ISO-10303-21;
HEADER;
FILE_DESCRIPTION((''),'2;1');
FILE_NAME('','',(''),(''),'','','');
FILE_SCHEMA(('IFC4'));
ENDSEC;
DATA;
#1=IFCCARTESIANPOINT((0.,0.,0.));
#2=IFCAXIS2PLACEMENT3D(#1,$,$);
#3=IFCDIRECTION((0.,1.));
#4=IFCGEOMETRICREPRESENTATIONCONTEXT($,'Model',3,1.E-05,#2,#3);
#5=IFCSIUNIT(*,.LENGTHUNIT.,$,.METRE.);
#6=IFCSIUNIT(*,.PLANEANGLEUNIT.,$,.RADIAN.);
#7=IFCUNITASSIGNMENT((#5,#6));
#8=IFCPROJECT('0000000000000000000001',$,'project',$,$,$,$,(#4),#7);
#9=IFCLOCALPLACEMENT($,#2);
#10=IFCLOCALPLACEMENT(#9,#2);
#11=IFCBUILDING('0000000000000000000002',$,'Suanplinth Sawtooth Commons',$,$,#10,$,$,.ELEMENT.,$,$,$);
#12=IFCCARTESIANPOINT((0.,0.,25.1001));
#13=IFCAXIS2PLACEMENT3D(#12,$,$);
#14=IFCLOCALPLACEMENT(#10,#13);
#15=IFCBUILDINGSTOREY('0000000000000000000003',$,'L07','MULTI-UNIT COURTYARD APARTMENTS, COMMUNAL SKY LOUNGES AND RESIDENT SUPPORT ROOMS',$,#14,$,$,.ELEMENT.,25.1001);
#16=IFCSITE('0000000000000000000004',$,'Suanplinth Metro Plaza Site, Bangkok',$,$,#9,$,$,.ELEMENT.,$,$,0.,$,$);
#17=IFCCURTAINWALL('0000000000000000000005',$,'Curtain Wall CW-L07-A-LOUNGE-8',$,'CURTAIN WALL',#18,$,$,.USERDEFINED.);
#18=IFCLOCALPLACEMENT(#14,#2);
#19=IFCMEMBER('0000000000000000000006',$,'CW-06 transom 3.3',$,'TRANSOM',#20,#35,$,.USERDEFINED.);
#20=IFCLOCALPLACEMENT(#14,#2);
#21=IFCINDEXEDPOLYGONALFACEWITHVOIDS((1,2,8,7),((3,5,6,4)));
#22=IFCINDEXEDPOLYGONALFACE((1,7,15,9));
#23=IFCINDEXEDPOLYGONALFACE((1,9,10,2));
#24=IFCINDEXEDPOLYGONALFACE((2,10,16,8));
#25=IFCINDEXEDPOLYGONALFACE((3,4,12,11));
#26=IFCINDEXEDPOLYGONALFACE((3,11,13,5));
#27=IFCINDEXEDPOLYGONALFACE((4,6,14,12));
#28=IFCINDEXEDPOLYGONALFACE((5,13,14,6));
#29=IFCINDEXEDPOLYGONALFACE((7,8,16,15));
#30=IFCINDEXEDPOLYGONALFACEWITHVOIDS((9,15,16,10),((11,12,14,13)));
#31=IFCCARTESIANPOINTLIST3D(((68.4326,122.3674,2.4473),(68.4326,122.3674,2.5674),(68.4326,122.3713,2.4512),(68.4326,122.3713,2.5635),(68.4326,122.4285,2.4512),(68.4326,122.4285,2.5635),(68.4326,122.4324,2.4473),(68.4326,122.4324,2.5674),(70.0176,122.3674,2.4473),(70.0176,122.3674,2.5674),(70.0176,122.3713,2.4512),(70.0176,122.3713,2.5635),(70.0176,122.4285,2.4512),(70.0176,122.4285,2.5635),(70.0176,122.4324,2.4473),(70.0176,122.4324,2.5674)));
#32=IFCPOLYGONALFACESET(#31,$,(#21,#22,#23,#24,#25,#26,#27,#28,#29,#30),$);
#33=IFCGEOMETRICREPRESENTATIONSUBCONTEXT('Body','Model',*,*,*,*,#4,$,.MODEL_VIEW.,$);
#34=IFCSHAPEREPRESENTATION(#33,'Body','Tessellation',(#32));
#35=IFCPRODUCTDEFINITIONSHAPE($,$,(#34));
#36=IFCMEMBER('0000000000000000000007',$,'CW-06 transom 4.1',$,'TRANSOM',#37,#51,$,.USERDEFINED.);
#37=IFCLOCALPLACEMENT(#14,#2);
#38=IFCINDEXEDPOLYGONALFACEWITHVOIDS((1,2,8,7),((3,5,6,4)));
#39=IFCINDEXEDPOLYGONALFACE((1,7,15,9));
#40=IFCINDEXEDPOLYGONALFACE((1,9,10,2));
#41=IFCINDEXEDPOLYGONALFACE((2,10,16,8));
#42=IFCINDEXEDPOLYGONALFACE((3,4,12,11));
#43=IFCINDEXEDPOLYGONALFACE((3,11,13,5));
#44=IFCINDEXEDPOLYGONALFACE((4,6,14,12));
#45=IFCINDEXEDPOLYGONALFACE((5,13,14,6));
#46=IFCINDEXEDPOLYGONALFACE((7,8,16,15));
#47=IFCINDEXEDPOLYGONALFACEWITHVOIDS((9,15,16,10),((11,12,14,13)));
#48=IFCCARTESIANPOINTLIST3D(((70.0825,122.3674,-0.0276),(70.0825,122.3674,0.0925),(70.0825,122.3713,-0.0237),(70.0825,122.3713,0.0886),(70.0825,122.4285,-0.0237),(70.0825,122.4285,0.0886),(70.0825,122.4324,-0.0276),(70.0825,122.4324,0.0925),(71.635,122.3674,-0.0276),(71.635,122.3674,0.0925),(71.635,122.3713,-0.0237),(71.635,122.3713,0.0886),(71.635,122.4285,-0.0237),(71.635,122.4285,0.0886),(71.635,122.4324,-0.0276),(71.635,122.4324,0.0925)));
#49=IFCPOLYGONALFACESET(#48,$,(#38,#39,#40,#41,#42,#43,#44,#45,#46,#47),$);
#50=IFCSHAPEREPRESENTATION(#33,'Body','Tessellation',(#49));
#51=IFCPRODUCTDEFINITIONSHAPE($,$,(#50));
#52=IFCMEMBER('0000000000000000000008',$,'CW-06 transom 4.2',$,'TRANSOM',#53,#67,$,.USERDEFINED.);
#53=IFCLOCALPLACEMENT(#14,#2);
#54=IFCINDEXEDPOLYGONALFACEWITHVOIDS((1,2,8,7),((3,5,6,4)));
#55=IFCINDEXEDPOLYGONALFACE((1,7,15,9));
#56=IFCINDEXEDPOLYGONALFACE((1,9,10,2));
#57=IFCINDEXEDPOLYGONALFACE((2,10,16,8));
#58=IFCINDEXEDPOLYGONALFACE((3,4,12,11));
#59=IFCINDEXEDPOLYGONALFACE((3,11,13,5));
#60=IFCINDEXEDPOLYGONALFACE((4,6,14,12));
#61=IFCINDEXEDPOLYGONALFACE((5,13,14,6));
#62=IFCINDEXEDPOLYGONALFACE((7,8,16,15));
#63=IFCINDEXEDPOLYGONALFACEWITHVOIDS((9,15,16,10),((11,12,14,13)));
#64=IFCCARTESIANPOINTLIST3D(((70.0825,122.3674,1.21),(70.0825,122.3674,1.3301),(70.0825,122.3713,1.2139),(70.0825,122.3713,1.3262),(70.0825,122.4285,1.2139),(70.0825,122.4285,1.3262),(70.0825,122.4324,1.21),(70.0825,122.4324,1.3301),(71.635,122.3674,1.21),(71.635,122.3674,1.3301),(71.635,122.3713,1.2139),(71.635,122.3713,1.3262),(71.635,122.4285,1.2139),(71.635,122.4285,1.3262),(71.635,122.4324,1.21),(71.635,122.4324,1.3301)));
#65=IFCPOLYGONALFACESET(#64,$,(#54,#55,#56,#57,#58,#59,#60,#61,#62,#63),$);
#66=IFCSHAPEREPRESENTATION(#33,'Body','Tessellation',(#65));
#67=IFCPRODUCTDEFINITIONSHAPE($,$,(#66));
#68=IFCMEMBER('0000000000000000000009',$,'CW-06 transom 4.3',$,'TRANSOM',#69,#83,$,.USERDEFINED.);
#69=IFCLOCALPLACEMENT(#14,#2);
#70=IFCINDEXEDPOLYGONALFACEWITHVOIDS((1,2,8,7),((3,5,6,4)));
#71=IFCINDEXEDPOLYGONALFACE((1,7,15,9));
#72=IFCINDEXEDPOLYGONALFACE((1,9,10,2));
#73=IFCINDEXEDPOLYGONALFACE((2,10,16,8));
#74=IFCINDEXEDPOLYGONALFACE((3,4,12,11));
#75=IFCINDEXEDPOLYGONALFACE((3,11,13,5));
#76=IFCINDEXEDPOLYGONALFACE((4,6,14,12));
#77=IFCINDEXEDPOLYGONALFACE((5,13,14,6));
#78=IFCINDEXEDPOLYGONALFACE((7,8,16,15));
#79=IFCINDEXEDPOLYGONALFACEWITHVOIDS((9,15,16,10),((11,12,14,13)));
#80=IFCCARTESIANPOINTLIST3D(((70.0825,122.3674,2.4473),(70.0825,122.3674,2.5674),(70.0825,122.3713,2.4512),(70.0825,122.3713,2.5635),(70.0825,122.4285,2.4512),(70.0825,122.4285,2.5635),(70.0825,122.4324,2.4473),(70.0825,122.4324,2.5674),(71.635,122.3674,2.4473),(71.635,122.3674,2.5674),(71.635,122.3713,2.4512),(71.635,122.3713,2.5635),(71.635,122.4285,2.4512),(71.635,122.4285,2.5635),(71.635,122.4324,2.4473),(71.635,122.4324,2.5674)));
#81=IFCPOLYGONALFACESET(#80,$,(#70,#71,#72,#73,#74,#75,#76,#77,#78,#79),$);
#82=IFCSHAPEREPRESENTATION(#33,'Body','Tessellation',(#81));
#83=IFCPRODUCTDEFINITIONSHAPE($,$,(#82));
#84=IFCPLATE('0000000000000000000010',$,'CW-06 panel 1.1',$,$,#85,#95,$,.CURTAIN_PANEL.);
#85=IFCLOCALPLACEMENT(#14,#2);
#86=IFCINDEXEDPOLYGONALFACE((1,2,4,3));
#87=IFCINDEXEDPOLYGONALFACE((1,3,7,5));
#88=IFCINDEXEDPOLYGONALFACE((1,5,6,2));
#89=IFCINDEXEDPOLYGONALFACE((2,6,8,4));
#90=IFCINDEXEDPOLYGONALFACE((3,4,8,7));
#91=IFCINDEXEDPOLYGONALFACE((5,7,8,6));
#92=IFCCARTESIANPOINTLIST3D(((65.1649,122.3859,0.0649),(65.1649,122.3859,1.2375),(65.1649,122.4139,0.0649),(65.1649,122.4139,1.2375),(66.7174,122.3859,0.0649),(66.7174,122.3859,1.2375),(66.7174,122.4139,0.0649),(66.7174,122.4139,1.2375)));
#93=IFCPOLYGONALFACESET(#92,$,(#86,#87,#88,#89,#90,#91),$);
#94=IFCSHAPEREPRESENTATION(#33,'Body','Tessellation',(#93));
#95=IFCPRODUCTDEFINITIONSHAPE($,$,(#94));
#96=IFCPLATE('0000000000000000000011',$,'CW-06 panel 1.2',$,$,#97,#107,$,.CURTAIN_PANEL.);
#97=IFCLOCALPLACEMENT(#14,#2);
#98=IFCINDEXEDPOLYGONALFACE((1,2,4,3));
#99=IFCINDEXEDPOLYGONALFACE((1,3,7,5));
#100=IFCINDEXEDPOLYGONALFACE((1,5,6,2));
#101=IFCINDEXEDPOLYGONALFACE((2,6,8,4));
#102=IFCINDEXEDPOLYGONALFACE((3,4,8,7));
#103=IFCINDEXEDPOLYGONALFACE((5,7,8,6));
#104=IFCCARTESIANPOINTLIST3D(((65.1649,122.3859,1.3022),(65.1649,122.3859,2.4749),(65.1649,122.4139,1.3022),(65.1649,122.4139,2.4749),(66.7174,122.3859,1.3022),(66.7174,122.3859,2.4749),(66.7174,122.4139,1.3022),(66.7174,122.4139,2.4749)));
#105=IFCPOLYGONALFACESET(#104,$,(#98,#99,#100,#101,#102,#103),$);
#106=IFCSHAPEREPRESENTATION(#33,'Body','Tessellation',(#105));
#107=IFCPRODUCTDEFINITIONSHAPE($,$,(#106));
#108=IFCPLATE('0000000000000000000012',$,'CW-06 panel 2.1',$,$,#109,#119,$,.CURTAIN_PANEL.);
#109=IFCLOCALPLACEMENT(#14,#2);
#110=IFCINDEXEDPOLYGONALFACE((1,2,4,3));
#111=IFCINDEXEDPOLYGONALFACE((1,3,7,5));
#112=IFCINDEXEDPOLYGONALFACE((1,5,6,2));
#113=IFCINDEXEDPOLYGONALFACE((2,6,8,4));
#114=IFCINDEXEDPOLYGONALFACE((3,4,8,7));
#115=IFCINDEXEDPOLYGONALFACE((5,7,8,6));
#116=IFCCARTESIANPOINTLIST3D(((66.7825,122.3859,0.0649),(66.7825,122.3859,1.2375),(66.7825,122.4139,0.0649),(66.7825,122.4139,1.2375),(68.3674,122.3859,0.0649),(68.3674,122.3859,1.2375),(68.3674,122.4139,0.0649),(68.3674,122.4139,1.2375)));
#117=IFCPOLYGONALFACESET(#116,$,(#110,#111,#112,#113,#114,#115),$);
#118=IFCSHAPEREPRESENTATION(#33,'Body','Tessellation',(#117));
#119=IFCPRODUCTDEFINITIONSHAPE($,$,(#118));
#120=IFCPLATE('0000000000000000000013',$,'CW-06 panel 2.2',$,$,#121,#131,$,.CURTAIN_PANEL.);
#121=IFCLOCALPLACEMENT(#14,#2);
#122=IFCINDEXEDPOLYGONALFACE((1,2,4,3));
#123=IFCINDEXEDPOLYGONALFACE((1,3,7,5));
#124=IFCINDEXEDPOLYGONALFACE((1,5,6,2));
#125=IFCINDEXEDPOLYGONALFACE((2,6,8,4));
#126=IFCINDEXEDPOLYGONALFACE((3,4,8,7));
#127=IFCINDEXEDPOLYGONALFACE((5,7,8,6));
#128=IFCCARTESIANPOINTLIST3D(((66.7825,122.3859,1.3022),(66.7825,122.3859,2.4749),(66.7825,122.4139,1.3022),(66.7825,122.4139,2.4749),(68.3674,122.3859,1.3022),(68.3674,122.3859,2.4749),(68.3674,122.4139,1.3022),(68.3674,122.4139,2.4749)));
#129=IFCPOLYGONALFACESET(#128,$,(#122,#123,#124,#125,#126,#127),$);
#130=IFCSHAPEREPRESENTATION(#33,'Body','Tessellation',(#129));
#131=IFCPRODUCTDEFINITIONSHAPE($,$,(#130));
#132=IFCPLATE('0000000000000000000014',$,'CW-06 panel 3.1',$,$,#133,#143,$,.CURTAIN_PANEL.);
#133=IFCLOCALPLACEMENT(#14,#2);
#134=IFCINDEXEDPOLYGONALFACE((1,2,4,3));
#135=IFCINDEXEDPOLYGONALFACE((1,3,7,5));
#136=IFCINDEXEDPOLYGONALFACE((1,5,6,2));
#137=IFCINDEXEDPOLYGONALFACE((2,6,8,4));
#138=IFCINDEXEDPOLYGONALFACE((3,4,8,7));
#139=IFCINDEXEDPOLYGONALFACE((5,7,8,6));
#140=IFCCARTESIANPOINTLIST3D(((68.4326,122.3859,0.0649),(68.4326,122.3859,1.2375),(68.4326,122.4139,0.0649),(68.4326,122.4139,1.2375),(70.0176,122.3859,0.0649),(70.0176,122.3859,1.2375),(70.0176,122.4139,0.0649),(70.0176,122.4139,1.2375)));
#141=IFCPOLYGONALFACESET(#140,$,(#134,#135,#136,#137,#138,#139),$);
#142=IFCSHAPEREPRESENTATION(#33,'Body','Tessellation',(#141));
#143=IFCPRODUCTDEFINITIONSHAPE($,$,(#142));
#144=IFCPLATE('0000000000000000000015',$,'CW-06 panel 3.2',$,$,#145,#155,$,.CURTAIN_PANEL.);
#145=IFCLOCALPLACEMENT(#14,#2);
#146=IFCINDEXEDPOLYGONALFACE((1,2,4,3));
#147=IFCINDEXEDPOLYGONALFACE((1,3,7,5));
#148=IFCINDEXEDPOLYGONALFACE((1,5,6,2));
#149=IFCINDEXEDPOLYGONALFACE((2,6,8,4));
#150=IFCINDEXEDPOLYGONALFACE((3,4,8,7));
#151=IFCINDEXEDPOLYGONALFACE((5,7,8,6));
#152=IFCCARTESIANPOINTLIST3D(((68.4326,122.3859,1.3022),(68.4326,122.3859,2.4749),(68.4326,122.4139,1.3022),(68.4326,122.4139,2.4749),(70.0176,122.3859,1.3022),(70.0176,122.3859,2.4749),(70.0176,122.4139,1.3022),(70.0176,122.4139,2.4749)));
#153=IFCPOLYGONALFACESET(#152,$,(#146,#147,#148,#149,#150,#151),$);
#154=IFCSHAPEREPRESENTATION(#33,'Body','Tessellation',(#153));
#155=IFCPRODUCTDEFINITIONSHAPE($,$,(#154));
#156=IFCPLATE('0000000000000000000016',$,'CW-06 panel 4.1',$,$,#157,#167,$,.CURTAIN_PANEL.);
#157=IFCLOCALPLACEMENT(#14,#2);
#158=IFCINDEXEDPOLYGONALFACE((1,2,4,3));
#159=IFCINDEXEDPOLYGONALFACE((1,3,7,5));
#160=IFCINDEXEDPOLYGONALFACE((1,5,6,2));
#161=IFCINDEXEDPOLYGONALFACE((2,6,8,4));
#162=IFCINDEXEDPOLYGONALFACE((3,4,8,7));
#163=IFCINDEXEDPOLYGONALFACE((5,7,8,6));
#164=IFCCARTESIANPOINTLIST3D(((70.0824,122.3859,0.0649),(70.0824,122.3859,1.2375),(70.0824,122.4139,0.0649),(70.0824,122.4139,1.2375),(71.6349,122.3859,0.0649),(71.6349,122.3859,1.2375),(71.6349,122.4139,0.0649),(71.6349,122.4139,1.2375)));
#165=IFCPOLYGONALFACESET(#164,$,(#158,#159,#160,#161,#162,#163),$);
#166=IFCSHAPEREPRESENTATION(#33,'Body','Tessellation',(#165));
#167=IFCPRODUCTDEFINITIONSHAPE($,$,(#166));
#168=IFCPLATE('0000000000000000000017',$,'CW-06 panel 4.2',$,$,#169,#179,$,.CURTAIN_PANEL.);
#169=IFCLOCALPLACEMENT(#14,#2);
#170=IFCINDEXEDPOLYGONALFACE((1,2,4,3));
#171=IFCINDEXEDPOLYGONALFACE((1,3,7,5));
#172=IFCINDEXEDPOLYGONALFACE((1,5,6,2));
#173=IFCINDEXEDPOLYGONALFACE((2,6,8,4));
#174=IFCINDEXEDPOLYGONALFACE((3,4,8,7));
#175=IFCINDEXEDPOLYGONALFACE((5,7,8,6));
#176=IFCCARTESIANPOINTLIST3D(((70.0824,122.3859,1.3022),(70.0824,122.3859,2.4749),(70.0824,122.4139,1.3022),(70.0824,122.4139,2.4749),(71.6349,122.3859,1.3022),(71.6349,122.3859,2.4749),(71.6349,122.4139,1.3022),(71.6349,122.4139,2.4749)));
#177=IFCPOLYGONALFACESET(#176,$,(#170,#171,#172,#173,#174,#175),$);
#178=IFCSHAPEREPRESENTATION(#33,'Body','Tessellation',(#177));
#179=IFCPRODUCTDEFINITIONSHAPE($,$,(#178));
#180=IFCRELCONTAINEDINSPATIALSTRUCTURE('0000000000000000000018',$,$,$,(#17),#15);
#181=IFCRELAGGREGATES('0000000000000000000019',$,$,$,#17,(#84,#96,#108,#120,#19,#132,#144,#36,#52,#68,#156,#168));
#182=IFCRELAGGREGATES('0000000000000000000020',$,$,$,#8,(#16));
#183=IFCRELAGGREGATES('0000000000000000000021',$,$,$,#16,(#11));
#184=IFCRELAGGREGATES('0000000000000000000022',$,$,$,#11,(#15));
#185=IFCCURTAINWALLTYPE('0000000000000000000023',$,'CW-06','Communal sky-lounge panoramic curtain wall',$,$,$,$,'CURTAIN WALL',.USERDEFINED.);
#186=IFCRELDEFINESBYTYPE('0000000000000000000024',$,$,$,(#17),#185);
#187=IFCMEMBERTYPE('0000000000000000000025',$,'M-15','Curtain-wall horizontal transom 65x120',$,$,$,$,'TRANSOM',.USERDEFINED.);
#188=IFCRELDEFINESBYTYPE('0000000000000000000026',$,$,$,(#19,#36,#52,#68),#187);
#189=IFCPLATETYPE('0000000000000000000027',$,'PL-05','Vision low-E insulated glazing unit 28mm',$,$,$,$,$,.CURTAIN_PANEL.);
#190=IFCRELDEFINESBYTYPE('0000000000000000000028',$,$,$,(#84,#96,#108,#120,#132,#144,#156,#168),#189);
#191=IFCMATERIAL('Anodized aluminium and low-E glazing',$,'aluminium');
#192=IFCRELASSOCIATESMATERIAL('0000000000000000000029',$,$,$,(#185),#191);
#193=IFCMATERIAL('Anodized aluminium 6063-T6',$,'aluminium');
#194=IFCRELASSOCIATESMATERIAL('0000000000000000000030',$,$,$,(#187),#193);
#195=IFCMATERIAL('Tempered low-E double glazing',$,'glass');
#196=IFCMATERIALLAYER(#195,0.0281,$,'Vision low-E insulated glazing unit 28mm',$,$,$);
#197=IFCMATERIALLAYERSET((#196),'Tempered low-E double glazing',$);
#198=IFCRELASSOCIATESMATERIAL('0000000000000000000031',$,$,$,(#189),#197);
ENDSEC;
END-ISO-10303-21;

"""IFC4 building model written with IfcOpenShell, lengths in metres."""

from ifc_helpers import new_model, si_unit, direction, frame, origin, origin_2d, place, context, subcontext, project, spatial, rectangle, hollow_rectangle, extrude, material, layer, layer_set, material_profile, profile_set, type_object, element, aggregate, save


model = new_model("IFC4")

# Units and contexts
model_context = context("Model", 3, precision=1e-05, world=origin(), true_north=direction((0.0, 1.0)))
body_context = subcontext(model_context, "Body", "Model", "MODEL_VIEW")
ifc_project = project(units=[si_unit("LENGTHUNIT", "METRE"), si_unit("PLANEANGLEUNIT", "RADIAN")], contexts=[model_context])

# Site, building, storey
site_placement = place(None, origin())
site = spatial("IfcSite", under=ifc_project, at=site_placement, Name="Suanplinth Metro Plaza Site, Bangkok", CompositionType="ELEMENT", RefElevation=0.0)
building_placement = place(site_placement, origin())
building = spatial("IfcBuilding", under=site, at=building_placement, Name="Suanplinth Sawtooth Commons", CompositionType="ELEMENT")
storey_placement = place(building_placement, frame((0.0, 0.0, 25.1001)))
storey = spatial("IfcBuildingStorey", under=building, at=storey_placement, Name="L07", Description="MULTI-UNIT COURTYARD APARTMENTS, COMMUNAL SKY LOUNGES AND RESIDENT SUPPORT ROOMS", CompositionType="ELEMENT", Elevation=25.1001)

# Curtain wall, members, plates
ifc_material_1 = material(Name="Anodized aluminium and low-E glazing", Category="aluminium")
curtain_wall_type = type_object("IfcCurtainWallType", Name="CW-06", Description="Communal sky-lounge panoramic curtain wall", ElementType="CURTAIN WALL", PredefinedType="USERDEFINED", material=ifc_material_1)
curtain_wall_placement = place(storey_placement, origin())
curtain_wall = element("IfcCurtainWall", 1, at=curtain_wall_placement, inside=storey, type_object=curtain_wall_type, Name="Curtain Wall CW-L07-A-LOUNGE-8", ObjectType="CURTAIN WALL", PredefinedType="USERDEFINED")
ifc_material_2 = material(Name="Anodized aluminium 6063-T6", Category="aluminium")
ifc_material_profile_1 = material_profile(ifc_material_2, hollow_rectangle(XDim=0.0649, YDim=0.1201, WallThickness=0.0039, at=origin_2d()), Name="ALU-TRN 65x120")
ifc_profile_set_1 = profile_set([ifc_material_profile_1], Name="Anodized aluminium 6063-T6")
member_type_1 = type_object("IfcMemberType", Name="M-15", Description="Curtain-wall horizontal transom 65x120", ElementType="TRANSOM", PredefinedType="USERDEFINED", material=ifc_profile_set_1)
member_1_placement = place(storey_placement, frame((68.4326, 122.3999, 2.5073), z_axis=(1.0, 0.0, 0.0), x_axis=(0.0, 1.0, 0.0)))
member_1 = element("IfcMember", 2, at=member_1_placement, type_object=member_type_1, Name="CW-06 transom 3.3", ObjectType="TRANSOM", PredefinedType="USERDEFINED", context=body_context, shape_type="SweptSolid", body=[
    extrude(hollow_rectangle(XDim=0.0649, YDim=0.1201, WallThickness=0.0039, at=origin_2d()), origin(), (0.0, 0.0, 1.0), 1.585),
])
member_2_placement = place(storey_placement, frame((70.0825, 122.3999, 0.0325), z_axis=(1.0, 0.0, 0.0), x_axis=(0.0, 1.0, 0.0)))
member_2 = element("IfcMember", 3, at=member_2_placement, type_object=member_type_1, Name="CW-06 transom 4.1", ObjectType="TRANSOM", PredefinedType="USERDEFINED", context=body_context, shape_type="SweptSolid", body=[
    extrude(hollow_rectangle(XDim=0.0649, YDim=0.1201, WallThickness=0.0039, at=origin_2d()), origin(), (0.0, 0.0, 1.0), 1.5525),
])
member_3_placement = place(storey_placement, frame((70.0825, 122.3999, 1.27), z_axis=(1.0, 0.0, 0.0), x_axis=(0.0, 1.0, 0.0)))
member_3 = element("IfcMember", 4, at=member_3_placement, type_object=member_type_1, Name="CW-06 transom 4.2", ObjectType="TRANSOM", PredefinedType="USERDEFINED", context=body_context, shape_type="SweptSolid", body=[
    extrude(hollow_rectangle(XDim=0.0649, YDim=0.1201, WallThickness=0.0039, at=origin_2d()), origin(), (0.0, 0.0, 1.0), 1.5525),
])
member_4_placement = place(storey_placement, frame((70.0825, 122.3999, 2.5073), z_axis=(1.0, 0.0, 0.0), x_axis=(0.0, 1.0, 0.0)))
member_4 = element("IfcMember", 5, at=member_4_placement, type_object=member_type_1, Name="CW-06 transom 4.3", ObjectType="TRANSOM", PredefinedType="USERDEFINED", context=body_context, shape_type="SweptSolid", body=[
    extrude(hollow_rectangle(XDim=0.0649, YDim=0.1201, WallThickness=0.0039, at=origin_2d()), origin(), (0.0, 0.0, 1.0), 1.5525),
])
ifc_material_3 = material(Name="Tempered low-E double glazing", Category="glass")
ifc_layer = layer(ifc_material_3, 0.0281, Name="Vision low-E insulated glazing unit 28mm")
ifc_layer_set = layer_set([ifc_layer], Name="Tempered low-E double glazing")
plate_type = type_object("IfcPlateType", Name="PL-05", Description="Vision low-E insulated glazing unit 28mm", PredefinedType="CURTAIN_PANEL", material=ifc_layer_set)
plate_1_placement = place(storey_placement, frame((65.9412, 122.3999, 0.0649), z_axis=(0.0, 0.0, 1.0), x_axis=(1.0, 0.0, 0.0)))
plate_1 = element("IfcPlate", 6, at=plate_1_placement, type_object=plate_type, Name="CW-06 panel 1.1", PredefinedType="CURTAIN_PANEL", context=body_context, shape_type="SweptSolid", body=[
    extrude(rectangle(XDim=1.5525, YDim=0.0281, at=origin_2d()), origin(), (0.0, 0.0, 1.0), 1.1726),
])
plate_2_placement = place(storey_placement, frame((65.9412, 122.3999, 1.3022), z_axis=(0.0, 0.0, 1.0), x_axis=(1.0, 0.0, 0.0)))
plate_2 = element("IfcPlate", 7, at=plate_2_placement, type_object=plate_type, Name="CW-06 panel 1.2", PredefinedType="CURTAIN_PANEL", context=body_context, shape_type="SweptSolid", body=[
    extrude(rectangle(XDim=1.5525, YDim=0.0281, at=origin_2d()), origin(), (0.0, 0.0, 1.0), 1.1726),
])
plate_3_placement = place(storey_placement, frame((67.575, 122.3999, 0.0649), z_axis=(0.0, 0.0, 1.0), x_axis=(1.0, 0.0, 0.0)))
plate_3 = element("IfcPlate", 8, at=plate_3_placement, type_object=plate_type, Name="CW-06 panel 2.1", PredefinedType="CURTAIN_PANEL", context=body_context, shape_type="SweptSolid", body=[
    extrude(rectangle(XDim=1.585, YDim=0.0281, at=origin_2d()), origin(), (0.0, 0.0, 1.0), 1.1726),
])
plate_4_placement = place(storey_placement, frame((67.575, 122.3999, 1.3022), z_axis=(0.0, 0.0, 1.0), x_axis=(1.0, 0.0, 0.0)))
plate_4 = element("IfcPlate", 9, at=plate_4_placement, type_object=plate_type, Name="CW-06 panel 2.2", PredefinedType="CURTAIN_PANEL", context=body_context, shape_type="SweptSolid", body=[
    extrude(rectangle(XDim=1.585, YDim=0.0281, at=origin_2d()), origin(), (0.0, 0.0, 1.0), 1.1726),
])
plate_5_placement = place(storey_placement, frame((69.2251, 122.3999, 0.0649), z_axis=(0.0, 0.0, 1.0), x_axis=(1.0, 0.0, 0.0)))
plate_5 = element("IfcPlate", 10, at=plate_5_placement, type_object=plate_type, Name="CW-06 panel 3.1", PredefinedType="CURTAIN_PANEL", context=body_context, shape_type="SweptSolid", body=[
    extrude(rectangle(XDim=1.585, YDim=0.0281, at=origin_2d()), origin(), (0.0, 0.0, 1.0), 1.1726),
])
plate_6_placement = place(storey_placement, frame((69.2251, 122.3999, 1.3022), z_axis=(0.0, 0.0, 1.0), x_axis=(1.0, 0.0, 0.0)))
plate_6 = element("IfcPlate", 11, at=plate_6_placement, type_object=plate_type, Name="CW-06 panel 3.2", PredefinedType="CURTAIN_PANEL", context=body_context, shape_type="SweptSolid", body=[
    extrude(rectangle(XDim=1.585, YDim=0.0281, at=origin_2d()), origin(), (0.0, 0.0, 1.0), 1.1726),
])
plate_7_placement = place(storey_placement, frame((70.8586, 122.3999, 0.0649), z_axis=(0.0, 0.0, 1.0), x_axis=(1.0, 0.0, 0.0)))
plate_7 = element("IfcPlate", 12, at=plate_7_placement, type_object=plate_type, Name="CW-06 panel 4.1", PredefinedType="CURTAIN_PANEL", context=body_context, shape_type="SweptSolid", body=[
    extrude(rectangle(XDim=1.5525, YDim=0.0281, at=origin_2d()), origin(), (0.0, 0.0, 1.0), 1.1726),
])
plate_8_placement = place(storey_placement, frame((70.8586, 122.3999, 1.3022), z_axis=(0.0, 0.0, 1.0), x_axis=(1.0, 0.0, 0.0)))
plate_8 = element("IfcPlate", 13, at=plate_8_placement, type_object=plate_type, Name="CW-06 panel 4.2", PredefinedType="CURTAIN_PANEL", context=body_context, shape_type="SweptSolid", body=[
    extrude(rectangle(XDim=1.5525, YDim=0.0281, at=origin_2d()), origin(), (0.0, 0.0, 1.0), 1.1726),
])
aggregate(curtain_wall, [plate_1, plate_2, plate_3, plate_4, member_1, plate_5, plate_6, member_2, member_3, member_4, plate_7, plate_8])

save(model, "model.ifc")
